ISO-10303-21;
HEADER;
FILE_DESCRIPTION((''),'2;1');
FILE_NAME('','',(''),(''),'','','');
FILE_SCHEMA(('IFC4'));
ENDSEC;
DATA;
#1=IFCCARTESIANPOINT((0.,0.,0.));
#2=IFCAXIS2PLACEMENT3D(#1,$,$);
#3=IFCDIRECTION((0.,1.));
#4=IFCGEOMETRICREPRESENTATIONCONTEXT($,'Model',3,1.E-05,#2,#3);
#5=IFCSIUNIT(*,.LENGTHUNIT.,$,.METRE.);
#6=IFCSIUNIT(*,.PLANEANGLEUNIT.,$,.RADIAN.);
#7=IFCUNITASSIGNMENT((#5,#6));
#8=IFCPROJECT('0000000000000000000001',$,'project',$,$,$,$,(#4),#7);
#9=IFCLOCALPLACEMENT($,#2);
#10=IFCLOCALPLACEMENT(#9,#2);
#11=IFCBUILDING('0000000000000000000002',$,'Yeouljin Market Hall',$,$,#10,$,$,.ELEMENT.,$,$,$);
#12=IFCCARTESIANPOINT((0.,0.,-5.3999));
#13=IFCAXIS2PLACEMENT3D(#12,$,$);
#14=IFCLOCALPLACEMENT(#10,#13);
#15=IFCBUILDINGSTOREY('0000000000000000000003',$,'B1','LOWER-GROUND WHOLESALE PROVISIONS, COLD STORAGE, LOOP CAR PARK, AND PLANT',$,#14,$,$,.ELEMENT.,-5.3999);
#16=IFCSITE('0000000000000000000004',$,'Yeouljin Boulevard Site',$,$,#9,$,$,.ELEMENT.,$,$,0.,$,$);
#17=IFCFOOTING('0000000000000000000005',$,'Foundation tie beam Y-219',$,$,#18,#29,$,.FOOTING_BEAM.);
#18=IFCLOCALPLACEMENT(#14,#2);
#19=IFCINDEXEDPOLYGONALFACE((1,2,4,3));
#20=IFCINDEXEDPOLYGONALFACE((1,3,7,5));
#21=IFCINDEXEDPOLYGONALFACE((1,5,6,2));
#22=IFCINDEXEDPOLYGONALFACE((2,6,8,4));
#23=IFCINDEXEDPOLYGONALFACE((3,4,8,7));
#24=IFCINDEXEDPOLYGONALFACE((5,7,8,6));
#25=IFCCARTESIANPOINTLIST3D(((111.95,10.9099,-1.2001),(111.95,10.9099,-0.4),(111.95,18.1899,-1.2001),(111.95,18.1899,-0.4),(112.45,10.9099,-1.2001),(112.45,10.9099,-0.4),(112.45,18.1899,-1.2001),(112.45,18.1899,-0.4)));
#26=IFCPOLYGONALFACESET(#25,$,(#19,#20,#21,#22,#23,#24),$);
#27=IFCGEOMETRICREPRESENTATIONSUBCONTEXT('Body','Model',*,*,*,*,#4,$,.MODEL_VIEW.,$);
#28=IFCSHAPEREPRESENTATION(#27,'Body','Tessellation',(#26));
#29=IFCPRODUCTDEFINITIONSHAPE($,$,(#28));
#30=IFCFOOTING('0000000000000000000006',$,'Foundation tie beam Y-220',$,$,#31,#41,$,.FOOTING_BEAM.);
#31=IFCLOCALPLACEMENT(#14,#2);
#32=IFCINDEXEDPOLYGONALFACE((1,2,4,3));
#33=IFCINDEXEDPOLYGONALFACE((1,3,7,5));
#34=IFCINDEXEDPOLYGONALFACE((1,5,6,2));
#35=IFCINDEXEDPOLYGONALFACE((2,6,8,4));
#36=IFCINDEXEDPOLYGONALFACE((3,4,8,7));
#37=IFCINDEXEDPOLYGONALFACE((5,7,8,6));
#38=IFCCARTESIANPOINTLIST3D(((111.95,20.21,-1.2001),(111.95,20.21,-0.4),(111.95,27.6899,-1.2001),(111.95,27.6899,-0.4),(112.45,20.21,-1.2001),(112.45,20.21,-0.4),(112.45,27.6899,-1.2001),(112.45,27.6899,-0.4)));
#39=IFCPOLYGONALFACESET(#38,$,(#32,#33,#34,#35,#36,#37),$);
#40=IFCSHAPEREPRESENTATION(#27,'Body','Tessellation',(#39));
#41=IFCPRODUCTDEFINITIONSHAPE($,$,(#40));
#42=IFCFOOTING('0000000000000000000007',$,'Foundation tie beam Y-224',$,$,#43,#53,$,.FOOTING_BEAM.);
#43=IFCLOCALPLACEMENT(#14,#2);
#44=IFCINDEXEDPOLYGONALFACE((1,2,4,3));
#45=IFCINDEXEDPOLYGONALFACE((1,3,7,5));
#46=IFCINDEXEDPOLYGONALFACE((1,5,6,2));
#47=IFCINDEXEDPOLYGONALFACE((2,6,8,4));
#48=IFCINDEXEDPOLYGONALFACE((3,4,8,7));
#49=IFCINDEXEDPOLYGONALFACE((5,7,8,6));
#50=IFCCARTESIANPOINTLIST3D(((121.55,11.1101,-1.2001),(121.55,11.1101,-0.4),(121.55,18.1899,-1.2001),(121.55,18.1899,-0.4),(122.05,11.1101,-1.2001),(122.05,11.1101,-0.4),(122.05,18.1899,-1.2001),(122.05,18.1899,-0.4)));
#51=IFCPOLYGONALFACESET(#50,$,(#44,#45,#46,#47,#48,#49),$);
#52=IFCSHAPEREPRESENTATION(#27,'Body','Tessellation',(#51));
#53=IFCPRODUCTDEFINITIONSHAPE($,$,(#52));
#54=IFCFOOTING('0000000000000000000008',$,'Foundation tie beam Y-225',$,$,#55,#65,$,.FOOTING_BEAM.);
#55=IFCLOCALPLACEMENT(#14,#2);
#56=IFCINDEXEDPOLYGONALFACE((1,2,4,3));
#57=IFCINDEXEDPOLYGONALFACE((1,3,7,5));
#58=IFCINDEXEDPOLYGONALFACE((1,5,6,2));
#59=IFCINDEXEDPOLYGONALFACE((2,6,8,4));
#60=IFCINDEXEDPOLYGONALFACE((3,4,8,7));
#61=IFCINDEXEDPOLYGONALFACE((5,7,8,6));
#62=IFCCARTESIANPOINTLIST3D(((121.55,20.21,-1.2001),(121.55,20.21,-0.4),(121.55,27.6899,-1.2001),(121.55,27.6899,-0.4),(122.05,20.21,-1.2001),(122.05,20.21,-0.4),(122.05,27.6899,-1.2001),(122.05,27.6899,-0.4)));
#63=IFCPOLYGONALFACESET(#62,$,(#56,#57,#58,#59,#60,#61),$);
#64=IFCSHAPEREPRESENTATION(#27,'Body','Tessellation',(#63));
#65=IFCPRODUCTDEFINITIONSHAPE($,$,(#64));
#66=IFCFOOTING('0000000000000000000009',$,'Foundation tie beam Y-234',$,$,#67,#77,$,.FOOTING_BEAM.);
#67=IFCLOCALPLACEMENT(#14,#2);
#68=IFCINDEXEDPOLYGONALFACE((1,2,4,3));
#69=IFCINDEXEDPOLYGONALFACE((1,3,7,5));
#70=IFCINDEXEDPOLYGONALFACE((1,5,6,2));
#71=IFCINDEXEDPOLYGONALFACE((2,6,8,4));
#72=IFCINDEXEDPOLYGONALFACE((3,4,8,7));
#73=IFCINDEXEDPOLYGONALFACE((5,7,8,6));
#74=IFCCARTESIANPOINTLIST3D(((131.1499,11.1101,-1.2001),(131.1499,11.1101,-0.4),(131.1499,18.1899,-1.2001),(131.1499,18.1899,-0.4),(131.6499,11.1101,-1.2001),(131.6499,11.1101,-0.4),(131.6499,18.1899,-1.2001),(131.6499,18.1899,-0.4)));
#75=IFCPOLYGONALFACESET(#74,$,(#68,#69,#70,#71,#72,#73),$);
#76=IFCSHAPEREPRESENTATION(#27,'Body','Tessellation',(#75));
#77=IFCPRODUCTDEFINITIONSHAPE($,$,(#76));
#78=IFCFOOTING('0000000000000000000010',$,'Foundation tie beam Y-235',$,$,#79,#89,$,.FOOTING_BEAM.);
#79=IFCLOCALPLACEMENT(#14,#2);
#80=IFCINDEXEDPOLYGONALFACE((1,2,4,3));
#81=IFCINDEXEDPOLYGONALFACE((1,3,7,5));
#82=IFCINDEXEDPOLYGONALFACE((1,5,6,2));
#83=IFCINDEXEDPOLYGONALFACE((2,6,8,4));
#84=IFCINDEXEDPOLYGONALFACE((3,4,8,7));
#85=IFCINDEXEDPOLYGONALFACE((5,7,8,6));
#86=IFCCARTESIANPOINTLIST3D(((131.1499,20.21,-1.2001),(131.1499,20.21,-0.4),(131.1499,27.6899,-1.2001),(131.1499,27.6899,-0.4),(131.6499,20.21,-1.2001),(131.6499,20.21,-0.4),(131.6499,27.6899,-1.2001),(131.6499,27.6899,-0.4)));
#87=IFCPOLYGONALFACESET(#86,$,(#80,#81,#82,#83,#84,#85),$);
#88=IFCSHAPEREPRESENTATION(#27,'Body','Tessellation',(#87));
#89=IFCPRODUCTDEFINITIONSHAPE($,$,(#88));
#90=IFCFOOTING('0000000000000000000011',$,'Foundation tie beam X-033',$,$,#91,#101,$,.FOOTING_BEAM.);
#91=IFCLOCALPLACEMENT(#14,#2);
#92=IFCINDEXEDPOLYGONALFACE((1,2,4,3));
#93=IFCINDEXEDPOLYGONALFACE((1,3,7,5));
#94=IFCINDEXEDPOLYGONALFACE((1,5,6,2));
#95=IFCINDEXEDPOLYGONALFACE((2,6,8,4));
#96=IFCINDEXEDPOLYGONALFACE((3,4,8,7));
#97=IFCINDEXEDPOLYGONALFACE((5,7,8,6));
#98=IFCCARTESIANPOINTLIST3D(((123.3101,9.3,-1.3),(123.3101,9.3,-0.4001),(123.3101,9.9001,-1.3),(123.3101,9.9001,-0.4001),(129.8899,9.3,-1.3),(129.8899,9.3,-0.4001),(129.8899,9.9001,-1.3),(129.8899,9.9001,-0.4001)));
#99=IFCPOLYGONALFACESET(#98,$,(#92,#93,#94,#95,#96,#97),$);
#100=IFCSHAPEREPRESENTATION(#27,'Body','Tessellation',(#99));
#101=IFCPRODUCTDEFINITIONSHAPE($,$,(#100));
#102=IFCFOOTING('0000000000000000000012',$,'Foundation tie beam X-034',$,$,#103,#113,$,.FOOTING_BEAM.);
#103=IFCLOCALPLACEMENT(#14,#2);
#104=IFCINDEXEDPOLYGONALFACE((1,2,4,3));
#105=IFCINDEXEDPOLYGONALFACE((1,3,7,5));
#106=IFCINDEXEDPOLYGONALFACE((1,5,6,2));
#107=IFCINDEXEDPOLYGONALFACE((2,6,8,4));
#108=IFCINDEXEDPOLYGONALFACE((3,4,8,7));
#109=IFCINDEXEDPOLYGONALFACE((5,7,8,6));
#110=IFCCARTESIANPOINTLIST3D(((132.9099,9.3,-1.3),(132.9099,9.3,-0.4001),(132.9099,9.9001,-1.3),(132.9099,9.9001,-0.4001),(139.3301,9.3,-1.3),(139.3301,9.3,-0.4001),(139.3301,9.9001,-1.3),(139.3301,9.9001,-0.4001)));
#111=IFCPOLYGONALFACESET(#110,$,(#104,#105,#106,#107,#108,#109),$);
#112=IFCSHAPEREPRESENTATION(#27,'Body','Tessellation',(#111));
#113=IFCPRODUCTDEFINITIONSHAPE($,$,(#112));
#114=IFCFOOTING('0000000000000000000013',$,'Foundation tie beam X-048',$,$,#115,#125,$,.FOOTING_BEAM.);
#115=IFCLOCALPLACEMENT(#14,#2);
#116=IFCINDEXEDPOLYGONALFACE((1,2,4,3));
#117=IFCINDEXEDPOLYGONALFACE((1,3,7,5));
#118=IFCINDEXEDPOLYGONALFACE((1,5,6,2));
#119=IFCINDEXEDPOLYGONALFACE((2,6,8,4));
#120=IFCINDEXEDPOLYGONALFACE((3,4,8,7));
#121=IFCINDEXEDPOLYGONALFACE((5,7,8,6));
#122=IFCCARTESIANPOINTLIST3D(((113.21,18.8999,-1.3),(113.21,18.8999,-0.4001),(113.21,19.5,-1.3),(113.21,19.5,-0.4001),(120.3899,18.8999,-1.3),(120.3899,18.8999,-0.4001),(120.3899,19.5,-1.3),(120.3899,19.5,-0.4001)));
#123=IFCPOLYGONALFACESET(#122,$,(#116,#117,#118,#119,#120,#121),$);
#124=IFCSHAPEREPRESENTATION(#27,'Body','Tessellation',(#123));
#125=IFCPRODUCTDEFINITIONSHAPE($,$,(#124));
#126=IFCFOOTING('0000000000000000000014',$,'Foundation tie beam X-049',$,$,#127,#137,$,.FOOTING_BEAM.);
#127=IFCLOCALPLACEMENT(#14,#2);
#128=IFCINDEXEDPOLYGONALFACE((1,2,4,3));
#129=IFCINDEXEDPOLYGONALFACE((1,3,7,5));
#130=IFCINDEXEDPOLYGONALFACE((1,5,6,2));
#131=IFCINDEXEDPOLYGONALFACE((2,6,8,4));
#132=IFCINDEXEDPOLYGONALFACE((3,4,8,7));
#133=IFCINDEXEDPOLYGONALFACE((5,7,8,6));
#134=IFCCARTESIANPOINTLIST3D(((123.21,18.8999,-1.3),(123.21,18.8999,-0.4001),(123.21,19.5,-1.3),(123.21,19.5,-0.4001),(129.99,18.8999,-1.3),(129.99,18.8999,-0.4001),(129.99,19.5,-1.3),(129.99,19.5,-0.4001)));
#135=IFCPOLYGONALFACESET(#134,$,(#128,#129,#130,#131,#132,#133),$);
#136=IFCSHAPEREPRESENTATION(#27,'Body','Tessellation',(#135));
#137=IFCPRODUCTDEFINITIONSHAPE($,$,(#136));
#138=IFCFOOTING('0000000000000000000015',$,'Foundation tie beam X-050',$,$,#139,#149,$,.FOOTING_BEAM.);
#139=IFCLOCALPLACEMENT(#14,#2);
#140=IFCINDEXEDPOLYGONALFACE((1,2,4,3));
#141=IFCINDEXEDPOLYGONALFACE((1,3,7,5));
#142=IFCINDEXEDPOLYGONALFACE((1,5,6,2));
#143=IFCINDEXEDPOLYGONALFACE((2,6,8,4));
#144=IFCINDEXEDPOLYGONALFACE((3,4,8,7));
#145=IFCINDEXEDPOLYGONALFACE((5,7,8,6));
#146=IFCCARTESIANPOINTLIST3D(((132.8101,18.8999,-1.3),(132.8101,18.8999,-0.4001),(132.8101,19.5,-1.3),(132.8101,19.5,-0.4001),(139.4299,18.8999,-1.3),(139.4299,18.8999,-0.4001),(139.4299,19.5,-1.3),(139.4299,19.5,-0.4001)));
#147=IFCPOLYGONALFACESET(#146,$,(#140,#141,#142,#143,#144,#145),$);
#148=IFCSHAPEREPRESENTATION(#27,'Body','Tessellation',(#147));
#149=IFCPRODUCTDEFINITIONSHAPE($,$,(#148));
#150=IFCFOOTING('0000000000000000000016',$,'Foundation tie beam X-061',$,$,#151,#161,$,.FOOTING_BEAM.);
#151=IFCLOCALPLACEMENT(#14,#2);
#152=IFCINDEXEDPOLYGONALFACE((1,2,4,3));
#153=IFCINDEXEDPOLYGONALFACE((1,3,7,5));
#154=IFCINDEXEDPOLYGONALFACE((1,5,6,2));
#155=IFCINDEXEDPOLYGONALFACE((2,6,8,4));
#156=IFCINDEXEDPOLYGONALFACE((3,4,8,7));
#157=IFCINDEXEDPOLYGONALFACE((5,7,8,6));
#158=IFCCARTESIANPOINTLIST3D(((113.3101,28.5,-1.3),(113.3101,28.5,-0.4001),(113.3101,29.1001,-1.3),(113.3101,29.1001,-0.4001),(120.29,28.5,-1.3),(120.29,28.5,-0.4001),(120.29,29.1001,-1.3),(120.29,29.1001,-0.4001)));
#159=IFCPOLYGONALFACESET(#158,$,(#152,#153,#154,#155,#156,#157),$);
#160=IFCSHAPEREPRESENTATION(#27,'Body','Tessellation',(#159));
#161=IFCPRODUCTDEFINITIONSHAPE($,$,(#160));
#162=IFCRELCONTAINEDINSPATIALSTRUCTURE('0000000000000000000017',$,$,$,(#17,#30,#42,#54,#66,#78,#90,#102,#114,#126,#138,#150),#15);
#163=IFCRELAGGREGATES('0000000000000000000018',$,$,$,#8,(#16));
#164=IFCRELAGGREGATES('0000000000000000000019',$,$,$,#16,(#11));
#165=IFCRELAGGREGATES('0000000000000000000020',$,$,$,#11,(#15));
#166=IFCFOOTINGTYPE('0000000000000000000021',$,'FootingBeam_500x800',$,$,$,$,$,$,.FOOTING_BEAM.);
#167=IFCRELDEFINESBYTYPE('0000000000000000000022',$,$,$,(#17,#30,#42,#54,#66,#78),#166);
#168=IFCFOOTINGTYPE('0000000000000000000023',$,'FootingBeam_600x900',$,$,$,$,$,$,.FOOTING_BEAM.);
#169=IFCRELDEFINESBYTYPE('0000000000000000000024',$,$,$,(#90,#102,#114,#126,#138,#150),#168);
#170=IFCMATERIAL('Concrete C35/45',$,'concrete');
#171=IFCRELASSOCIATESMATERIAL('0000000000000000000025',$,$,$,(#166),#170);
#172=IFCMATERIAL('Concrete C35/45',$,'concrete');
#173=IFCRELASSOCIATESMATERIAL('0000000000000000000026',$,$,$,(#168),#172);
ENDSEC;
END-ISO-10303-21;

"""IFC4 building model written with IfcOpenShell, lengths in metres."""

from ifc_helpers import new_model, si_unit, direction, frame, origin, origin_2d, place, context, subcontext, project, spatial, rectangle, extrude, material, material_profile, profile_set, type_object, element, save


model = new_model("IFC4")

# Units and contexts
model_context = context("Model", 3, precision=1e-05, world=origin(), true_north=direction((0.0, 1.0)))
body_context = subcontext(model_context, "Body", "Model", "MODEL_VIEW")
ifc_project = project(units=[si_unit("LENGTHUNIT", "METRE"), si_unit("PLANEANGLEUNIT", "RADIAN")], contexts=[model_context])

# Site, building, storey
site_placement = place(None, origin())
site = spatial("IfcSite", under=ifc_project, at=site_placement, Name="Yeouljin Boulevard Site", CompositionType="ELEMENT", RefElevation=0.0)
building_placement = place(site_placement, origin())
building = spatial("IfcBuilding", under=site, at=building_placement, Name="Yeouljin Market Hall", CompositionType="ELEMENT")
storey_placement = place(building_placement, frame((0.0, 0.0, -5.3999)))
storey = spatial("IfcBuildingStorey", under=building, at=storey_placement, Name="B1", Description="LOWER-GROUND WHOLESALE PROVISIONS, COLD STORAGE, LOOP CAR PARK, AND PLANT", CompositionType="ELEMENT", Elevation=-5.3999)

# Footings
ifc_material_1 = material(Name="Concrete C35/45", Category="concrete")
ifc_material_profile_1 = material_profile(ifc_material_1, rectangle(XDim=0.5, YDim=0.8, at=origin_2d()), Name="RC-500x800")
ifc_profile_set_1 = profile_set([ifc_material_profile_1], Name="Concrete C35/45")
footing_type_1 = type_object("IfcFootingType", Name="FootingBeam_500x800", PredefinedType="FOOTING_BEAM", material=ifc_profile_set_1)
footing_1_placement = place(storey_placement, frame((112.2, 10.9099, -0.8), z_axis=(0.0, 1.0, 0.0), x_axis=(-1.0, 0.0, 0.0)))
element("IfcFooting", 1, at=footing_1_placement, inside=storey, type_object=footing_type_1, Name="Foundation tie beam Y-219", PredefinedType="FOOTING_BEAM", context=body_context, shape_type="SweptSolid", body=[
    extrude(rectangle(XDim=0.5, YDim=0.8, at=origin_2d()), origin(), (0.0, 0.0, 1.0), 7.28),
])
footing_2_placement = place(storey_placement, frame((112.2, 20.21, -0.8), z_axis=(0.0, 1.0, 0.0), x_axis=(-1.0, 0.0, 0.0)))
element("IfcFooting", 2, at=footing_2_placement, inside=storey, type_object=footing_type_1, Name="Foundation tie beam Y-220", PredefinedType="FOOTING_BEAM", context=body_context, shape_type="SweptSolid", body=[
    extrude(rectangle(XDim=0.5, YDim=0.8, at=origin_2d()), origin(), (0.0, 0.0, 1.0), 7.48),
])
footing_3_placement = place(storey_placement, frame((121.8, 11.1101, -0.8), z_axis=(0.0, 1.0, 0.0), x_axis=(-1.0, 0.0, 0.0)))
element("IfcFooting", 3, at=footing_3_placement, inside=storey, type_object=footing_type_1, Name="Foundation tie beam Y-224", PredefinedType="FOOTING_BEAM", context=body_context, shape_type="SweptSolid", body=[
    extrude(rectangle(XDim=0.5, YDim=0.8, at=origin_2d()), origin(), (0.0, 0.0, 1.0), 7.0798),
])
footing_4_placement = place(storey_placement, frame((121.8, 20.21, -0.8), z_axis=(0.0, 1.0, 0.0), x_axis=(-1.0, 0.0, 0.0)))
element("IfcFooting", 4, at=footing_4_placement, inside=storey, type_object=footing_type_1, Name="Foundation tie beam Y-225", PredefinedType="FOOTING_BEAM", context=body_context, shape_type="SweptSolid", body=[
    extrude(rectangle(XDim=0.5, YDim=0.8, at=origin_2d()), origin(), (0.0, 0.0, 1.0), 7.48),
])
footing_5_placement = place(storey_placement, frame((131.3999, 11.1101, -0.8), z_axis=(0.0, 1.0, 0.0), x_axis=(-1.0, 0.0, 0.0)))
element("IfcFooting", 5, at=footing_5_placement, inside=storey, type_object=footing_type_1, Name="Foundation tie beam Y-234", PredefinedType="FOOTING_BEAM", context=body_context, shape_type="SweptSolid", body=[
    extrude(rectangle(XDim=0.5, YDim=0.8, at=origin_2d()), origin(), (0.0, 0.0, 1.0), 7.0798),
])
footing_6_placement = place(storey_placement, frame((131.3999, 20.21, -0.8), z_axis=(0.0, 1.0, 0.0), x_axis=(-1.0, 0.0, 0.0)))
element("IfcFooting", 6, at=footing_6_placement, inside=storey, type_object=footing_type_1, Name="Foundation tie beam Y-235", PredefinedType="FOOTING_BEAM", context=body_context, shape_type="SweptSolid", body=[
    extrude(rectangle(XDim=0.5, YDim=0.8, at=origin_2d()), origin(), (0.0, 0.0, 1.0), 7.48),
])
ifc_material_2 = material(Name="Concrete C35/45", Category="concrete")
ifc_material_profile_2 = material_profile(ifc_material_2, rectangle(XDim=0.6001, YDim=0.8999, at=origin_2d()), Name="RC-600x900")
ifc_profile_set_2 = profile_set([ifc_material_profile_2], Name="Concrete C35/45")
footing_type_2 = type_object("IfcFootingType", Name="FootingBeam_600x900", PredefinedType="FOOTING_BEAM", material=ifc_profile_set_2)
footing_7_placement = place(storey_placement, frame((123.3101, 9.6001, -0.8501), z_axis=(1.0, 0.0, 0.0), x_axis=(0.0, 1.0, 0.0)))
element("IfcFooting", 7, at=footing_7_placement, inside=storey, type_object=footing_type_2, Name="Foundation tie beam X-033", PredefinedType="FOOTING_BEAM", context=body_context, shape_type="SweptSolid", body=[
    extrude(rectangle(XDim=0.6001, YDim=0.8999, at=origin_2d()), origin(), (0.0, 0.0, 1.0), 6.5798),
])
footing_8_placement = place(storey_placement, frame((132.9099, 9.6001, -0.8501), z_axis=(1.0, 0.0, 0.0), x_axis=(0.0, 1.0, 0.0)))
element("IfcFooting", 8, at=footing_8_placement, inside=storey, type_object=footing_type_2, Name="Foundation tie beam X-034", PredefinedType="FOOTING_BEAM", context=body_context, shape_type="SweptSolid", body=[
    extrude(rectangle(XDim=0.6001, YDim=0.8999, at=origin_2d()), origin(), (0.0, 0.0, 1.0), 6.4202),
])
footing_9_placement = place(storey_placement, frame((113.21, 19.2, -0.8501), z_axis=(1.0, 0.0, 0.0), x_axis=(0.0, 1.0, 0.0)))
element("IfcFooting", 9, at=footing_9_placement, inside=storey, type_object=footing_type_2, Name="Foundation tie beam X-048", PredefinedType="FOOTING_BEAM", context=body_context, shape_type="SweptSolid", body=[
    extrude(rectangle(XDim=0.6001, YDim=0.8999, at=origin_2d()), origin(), (0.0, 0.0, 1.0), 7.1799),
])
footing_10_placement = place(storey_placement, frame((123.21, 19.2, -0.8501), z_axis=(1.0, 0.0, 0.0), x_axis=(0.0, 1.0, 0.0)))
element("IfcFooting", 10, at=footing_10_placement, inside=storey, type_object=footing_type_2, Name="Foundation tie beam X-049", PredefinedType="FOOTING_BEAM", context=body_context, shape_type="SweptSolid", body=[
    extrude(rectangle(XDim=0.6001, YDim=0.8999, at=origin_2d()), origin(), (0.0, 0.0, 1.0), 6.78),
])
footing_11_placement = place(storey_placement, frame((132.8101, 19.2, -0.8501), z_axis=(1.0, 0.0, 0.0), x_axis=(0.0, 1.0, 0.0)))
element("IfcFooting", 11, at=footing_11_placement, inside=storey, type_object=footing_type_2, Name="Foundation tie beam X-050", PredefinedType="FOOTING_BEAM", context=body_context, shape_type="SweptSolid", body=[
    extrude(rectangle(XDim=0.6001, YDim=0.8999, at=origin_2d()), origin(), (0.0, 0.0, 1.0), 6.6199),
])
footing_12_placement = place(storey_placement, frame((113.3101, 28.8, -0.8501), z_axis=(1.0, 0.0, 0.0), x_axis=(0.0, 1.0, 0.0)))
element("IfcFooting", 12, at=footing_12_placement, inside=storey, type_object=footing_type_2, Name="Foundation tie beam X-061", PredefinedType="FOOTING_BEAM", context=body_context, shape_type="SweptSolid", body=[
    extrude(rectangle(XDim=0.6001, YDim=0.8999, at=origin_2d()), origin(), (0.0, 0.0, 1.0), 6.98),
])

save(model, "model.ifc")
